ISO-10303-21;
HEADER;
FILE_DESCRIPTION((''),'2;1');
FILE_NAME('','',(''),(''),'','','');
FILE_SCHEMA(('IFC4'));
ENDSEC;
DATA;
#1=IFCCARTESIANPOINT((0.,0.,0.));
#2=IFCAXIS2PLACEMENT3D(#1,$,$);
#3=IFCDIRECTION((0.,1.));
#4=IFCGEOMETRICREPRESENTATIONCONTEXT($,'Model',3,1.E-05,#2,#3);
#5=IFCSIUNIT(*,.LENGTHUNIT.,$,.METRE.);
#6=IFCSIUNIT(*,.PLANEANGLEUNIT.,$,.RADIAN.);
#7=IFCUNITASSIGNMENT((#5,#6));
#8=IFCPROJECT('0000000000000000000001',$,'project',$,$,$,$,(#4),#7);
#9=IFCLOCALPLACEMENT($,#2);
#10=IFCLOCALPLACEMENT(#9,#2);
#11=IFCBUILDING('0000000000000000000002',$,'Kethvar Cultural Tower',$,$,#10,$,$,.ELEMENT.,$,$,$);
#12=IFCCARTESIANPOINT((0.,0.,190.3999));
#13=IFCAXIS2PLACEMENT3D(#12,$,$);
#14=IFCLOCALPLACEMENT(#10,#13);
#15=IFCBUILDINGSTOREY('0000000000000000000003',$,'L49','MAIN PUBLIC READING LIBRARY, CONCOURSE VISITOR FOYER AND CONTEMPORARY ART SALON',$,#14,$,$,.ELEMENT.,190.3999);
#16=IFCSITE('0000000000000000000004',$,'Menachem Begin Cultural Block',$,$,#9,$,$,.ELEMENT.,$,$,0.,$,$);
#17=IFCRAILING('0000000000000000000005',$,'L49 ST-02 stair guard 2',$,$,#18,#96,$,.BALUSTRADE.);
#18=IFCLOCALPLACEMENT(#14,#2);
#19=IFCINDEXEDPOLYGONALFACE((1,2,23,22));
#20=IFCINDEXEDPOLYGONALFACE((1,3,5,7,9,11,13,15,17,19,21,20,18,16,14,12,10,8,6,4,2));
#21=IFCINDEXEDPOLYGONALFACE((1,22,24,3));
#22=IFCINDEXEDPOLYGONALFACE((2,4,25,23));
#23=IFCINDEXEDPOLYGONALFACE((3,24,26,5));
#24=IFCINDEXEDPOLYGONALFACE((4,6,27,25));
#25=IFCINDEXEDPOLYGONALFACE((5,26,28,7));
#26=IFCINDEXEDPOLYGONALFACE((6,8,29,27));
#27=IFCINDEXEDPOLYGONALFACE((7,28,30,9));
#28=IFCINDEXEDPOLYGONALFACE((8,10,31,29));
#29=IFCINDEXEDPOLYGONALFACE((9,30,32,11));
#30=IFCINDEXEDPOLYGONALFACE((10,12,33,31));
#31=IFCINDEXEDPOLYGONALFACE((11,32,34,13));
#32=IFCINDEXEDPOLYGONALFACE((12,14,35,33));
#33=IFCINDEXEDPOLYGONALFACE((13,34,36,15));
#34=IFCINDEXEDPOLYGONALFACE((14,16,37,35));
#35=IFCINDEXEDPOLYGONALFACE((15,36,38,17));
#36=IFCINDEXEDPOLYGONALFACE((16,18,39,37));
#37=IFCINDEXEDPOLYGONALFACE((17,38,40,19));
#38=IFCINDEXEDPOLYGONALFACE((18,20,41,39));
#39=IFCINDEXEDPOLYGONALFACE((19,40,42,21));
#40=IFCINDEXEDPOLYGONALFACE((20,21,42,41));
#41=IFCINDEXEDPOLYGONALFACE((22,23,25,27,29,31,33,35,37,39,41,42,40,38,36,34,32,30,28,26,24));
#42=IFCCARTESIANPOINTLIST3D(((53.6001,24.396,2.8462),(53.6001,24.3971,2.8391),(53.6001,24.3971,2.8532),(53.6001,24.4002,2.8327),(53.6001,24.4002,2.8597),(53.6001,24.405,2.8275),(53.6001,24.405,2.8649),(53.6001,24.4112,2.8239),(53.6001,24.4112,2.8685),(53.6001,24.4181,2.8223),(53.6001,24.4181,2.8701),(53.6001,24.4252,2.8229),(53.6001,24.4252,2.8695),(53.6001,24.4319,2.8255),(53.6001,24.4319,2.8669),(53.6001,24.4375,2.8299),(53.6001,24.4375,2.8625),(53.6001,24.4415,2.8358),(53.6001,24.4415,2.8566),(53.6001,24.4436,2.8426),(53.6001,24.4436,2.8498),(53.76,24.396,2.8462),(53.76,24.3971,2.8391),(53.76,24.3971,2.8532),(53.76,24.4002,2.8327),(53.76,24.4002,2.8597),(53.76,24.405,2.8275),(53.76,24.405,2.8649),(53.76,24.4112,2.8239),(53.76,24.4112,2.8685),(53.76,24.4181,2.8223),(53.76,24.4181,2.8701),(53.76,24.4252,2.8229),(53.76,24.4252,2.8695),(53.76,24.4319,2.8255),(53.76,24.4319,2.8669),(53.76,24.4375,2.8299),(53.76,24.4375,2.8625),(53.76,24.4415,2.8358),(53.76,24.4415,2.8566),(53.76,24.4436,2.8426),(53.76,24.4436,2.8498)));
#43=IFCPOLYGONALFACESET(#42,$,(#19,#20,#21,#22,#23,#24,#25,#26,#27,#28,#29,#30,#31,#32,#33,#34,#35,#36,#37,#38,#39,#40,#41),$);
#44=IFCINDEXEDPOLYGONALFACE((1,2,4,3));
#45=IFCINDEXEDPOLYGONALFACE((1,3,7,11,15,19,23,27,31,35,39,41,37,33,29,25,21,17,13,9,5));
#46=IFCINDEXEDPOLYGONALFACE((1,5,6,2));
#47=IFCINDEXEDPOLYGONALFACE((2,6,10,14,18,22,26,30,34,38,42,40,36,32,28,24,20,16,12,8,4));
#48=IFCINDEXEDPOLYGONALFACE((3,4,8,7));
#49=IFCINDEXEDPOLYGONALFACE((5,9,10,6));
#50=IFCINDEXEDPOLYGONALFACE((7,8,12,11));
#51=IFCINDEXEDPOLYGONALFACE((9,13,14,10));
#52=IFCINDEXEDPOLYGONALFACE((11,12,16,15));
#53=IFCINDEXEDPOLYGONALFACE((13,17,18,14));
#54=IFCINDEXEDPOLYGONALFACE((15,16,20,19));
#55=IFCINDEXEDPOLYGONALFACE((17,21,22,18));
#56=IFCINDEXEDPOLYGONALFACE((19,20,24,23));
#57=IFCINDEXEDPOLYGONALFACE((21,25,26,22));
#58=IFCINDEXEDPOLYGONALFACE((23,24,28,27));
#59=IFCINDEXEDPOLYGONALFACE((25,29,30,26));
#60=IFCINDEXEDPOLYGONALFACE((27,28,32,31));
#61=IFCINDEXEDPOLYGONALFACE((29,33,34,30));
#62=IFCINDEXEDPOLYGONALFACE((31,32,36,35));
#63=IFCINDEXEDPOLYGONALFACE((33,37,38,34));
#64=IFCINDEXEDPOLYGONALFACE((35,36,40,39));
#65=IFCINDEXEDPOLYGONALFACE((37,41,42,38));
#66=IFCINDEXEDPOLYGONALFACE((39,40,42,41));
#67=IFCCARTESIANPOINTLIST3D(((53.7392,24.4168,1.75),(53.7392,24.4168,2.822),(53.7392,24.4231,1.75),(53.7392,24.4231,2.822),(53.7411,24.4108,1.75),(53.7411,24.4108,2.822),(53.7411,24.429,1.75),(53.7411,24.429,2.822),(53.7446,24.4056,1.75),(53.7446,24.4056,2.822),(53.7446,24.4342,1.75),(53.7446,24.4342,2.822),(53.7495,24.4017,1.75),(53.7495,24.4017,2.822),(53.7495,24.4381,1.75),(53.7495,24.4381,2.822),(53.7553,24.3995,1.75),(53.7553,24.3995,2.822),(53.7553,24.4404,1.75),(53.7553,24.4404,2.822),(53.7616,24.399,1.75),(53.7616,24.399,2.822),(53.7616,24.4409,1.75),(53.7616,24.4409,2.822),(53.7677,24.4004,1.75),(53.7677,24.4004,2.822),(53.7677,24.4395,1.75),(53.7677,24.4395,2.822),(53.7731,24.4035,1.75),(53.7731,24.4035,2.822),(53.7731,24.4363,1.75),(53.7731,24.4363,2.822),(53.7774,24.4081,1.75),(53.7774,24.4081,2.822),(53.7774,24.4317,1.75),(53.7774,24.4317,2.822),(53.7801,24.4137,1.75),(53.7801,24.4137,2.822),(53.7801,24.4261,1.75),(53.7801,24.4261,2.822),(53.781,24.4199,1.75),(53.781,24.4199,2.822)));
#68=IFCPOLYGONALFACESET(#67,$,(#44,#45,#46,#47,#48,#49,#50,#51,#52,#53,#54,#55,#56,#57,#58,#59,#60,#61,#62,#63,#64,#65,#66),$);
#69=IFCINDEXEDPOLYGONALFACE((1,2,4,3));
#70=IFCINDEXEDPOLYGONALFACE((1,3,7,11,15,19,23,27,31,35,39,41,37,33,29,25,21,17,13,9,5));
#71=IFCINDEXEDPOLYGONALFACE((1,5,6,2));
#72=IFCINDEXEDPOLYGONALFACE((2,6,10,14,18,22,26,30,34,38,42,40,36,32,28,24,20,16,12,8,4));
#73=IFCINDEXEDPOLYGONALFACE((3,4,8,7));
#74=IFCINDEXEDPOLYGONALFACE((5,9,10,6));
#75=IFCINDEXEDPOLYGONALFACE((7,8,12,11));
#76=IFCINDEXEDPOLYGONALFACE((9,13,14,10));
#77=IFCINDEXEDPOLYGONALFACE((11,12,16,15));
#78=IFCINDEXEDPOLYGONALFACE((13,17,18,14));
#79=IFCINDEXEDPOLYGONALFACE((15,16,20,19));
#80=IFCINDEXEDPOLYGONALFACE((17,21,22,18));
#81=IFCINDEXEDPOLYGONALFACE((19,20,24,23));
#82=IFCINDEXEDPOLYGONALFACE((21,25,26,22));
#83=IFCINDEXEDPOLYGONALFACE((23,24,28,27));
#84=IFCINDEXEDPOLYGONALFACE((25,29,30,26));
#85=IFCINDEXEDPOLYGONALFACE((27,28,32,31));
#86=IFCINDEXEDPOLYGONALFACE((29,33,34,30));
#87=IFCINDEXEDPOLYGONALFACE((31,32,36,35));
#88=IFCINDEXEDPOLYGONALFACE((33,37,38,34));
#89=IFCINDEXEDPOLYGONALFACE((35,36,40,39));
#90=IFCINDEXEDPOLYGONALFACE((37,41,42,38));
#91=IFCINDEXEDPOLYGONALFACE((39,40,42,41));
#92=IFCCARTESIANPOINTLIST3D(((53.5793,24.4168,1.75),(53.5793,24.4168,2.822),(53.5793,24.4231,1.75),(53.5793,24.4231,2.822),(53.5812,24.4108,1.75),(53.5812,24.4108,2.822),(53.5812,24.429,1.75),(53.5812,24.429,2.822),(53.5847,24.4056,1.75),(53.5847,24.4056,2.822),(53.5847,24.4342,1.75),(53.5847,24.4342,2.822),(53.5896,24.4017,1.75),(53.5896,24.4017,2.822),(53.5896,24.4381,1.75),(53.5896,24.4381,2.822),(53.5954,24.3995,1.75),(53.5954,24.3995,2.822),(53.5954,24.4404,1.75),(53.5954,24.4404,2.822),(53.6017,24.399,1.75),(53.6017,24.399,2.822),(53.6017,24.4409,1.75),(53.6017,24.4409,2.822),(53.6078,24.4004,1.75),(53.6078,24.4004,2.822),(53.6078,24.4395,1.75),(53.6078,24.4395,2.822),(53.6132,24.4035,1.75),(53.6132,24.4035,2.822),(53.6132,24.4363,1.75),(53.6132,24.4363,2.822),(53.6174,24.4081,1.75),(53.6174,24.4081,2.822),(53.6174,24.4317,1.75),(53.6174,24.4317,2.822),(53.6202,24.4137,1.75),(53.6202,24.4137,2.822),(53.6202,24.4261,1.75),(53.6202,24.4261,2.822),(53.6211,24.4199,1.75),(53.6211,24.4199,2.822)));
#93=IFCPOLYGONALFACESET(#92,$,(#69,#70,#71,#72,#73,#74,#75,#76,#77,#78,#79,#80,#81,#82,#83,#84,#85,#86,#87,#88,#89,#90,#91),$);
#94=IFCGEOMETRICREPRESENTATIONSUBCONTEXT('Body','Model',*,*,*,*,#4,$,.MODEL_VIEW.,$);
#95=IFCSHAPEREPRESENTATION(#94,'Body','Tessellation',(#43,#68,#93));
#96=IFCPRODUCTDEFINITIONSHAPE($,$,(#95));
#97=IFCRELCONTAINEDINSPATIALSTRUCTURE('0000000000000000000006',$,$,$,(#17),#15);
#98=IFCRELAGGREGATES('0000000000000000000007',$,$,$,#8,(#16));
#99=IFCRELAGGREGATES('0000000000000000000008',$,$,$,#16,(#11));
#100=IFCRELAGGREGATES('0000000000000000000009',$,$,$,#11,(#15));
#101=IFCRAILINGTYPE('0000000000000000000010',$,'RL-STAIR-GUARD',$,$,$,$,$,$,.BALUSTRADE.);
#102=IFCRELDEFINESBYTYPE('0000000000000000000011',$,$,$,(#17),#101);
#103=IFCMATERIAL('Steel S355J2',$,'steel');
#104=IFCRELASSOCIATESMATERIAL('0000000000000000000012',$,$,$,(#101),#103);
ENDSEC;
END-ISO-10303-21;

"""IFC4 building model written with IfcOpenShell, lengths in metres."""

from ifc_helpers import new_model, si_unit, direction, frame, origin, origin_2d, place, context, subcontext, project, spatial, circle, extrude, material, type_object, element, save


model = new_model("IFC4")

# Units and contexts
model_context = context("Model", 3, precision=1e-05, world=origin(), true_north=direction((0.0, 1.0)))
body_context = subcontext(model_context, "Body", "Model", "MODEL_VIEW")
ifc_project = project(units=[si_unit("LENGTHUNIT", "METRE"), si_unit("PLANEANGLEUNIT", "RADIAN")], contexts=[model_context])

# Site, building, storey
site_placement = place(None, origin())
site = spatial("IfcSite", under=ifc_project, at=site_placement, Name="Menachem Begin Cultural Block", CompositionType="ELEMENT", RefElevation=0.0)
building_placement = place(site_placement, origin())
building = spatial("IfcBuilding", under=site, at=building_placement, Name="Kethvar Cultural Tower", CompositionType="ELEMENT")
storey_placement = place(building_placement, frame((0.0, 0.0, 190.3999)))
storey = spatial("IfcBuildingStorey", under=building, at=storey_placement, Name="L49", Description="MAIN PUBLIC READING LIBRARY, CONCOURSE VISITOR FOYER AND CONTEMPORARY ART SALON", CompositionType="ELEMENT", Elevation=190.3999)

# Shared definitions
ifc_material_1 = material(Name="Steel S355J2", Category="steel")

# Railing
railing_type_1 = type_object("IfcRailingType", Name="RL-STAIR-GUARD", PredefinedType="BALUSTRADE", material=ifc_material_1)
railing_1_placement = place(storey_placement, frame((53.76, 24.4199, 1.75)))
element("IfcRailing", 1, at=railing_1_placement, inside=storey, type_object=railing_type_1, Name="L49 ST-02 stair guard 2", PredefinedType="BALUSTRADE", context=body_context, shape_type="SweptSolid", body=[
    extrude(circle(Radius=0.0239, at=origin_2d()), frame((0.0, 0.0, 1.0962), z_axis=(-1.0, 0.0, 0.0), x_axis=(0.0, -1.0, 0.0)), (0.0, 0.0, 1.0), 0.1599),
    extrude(circle(Radius=0.021, at=origin_2d()), origin(), (0.0, 0.0, 1.0), 1.072),
    extrude(circle(Radius=0.021, at=origin_2d()), frame((-0.1599, 0.0, 0.0)), (0.0, 0.0, 1.0), 1.072),
])

save(model, "model.ifc")
